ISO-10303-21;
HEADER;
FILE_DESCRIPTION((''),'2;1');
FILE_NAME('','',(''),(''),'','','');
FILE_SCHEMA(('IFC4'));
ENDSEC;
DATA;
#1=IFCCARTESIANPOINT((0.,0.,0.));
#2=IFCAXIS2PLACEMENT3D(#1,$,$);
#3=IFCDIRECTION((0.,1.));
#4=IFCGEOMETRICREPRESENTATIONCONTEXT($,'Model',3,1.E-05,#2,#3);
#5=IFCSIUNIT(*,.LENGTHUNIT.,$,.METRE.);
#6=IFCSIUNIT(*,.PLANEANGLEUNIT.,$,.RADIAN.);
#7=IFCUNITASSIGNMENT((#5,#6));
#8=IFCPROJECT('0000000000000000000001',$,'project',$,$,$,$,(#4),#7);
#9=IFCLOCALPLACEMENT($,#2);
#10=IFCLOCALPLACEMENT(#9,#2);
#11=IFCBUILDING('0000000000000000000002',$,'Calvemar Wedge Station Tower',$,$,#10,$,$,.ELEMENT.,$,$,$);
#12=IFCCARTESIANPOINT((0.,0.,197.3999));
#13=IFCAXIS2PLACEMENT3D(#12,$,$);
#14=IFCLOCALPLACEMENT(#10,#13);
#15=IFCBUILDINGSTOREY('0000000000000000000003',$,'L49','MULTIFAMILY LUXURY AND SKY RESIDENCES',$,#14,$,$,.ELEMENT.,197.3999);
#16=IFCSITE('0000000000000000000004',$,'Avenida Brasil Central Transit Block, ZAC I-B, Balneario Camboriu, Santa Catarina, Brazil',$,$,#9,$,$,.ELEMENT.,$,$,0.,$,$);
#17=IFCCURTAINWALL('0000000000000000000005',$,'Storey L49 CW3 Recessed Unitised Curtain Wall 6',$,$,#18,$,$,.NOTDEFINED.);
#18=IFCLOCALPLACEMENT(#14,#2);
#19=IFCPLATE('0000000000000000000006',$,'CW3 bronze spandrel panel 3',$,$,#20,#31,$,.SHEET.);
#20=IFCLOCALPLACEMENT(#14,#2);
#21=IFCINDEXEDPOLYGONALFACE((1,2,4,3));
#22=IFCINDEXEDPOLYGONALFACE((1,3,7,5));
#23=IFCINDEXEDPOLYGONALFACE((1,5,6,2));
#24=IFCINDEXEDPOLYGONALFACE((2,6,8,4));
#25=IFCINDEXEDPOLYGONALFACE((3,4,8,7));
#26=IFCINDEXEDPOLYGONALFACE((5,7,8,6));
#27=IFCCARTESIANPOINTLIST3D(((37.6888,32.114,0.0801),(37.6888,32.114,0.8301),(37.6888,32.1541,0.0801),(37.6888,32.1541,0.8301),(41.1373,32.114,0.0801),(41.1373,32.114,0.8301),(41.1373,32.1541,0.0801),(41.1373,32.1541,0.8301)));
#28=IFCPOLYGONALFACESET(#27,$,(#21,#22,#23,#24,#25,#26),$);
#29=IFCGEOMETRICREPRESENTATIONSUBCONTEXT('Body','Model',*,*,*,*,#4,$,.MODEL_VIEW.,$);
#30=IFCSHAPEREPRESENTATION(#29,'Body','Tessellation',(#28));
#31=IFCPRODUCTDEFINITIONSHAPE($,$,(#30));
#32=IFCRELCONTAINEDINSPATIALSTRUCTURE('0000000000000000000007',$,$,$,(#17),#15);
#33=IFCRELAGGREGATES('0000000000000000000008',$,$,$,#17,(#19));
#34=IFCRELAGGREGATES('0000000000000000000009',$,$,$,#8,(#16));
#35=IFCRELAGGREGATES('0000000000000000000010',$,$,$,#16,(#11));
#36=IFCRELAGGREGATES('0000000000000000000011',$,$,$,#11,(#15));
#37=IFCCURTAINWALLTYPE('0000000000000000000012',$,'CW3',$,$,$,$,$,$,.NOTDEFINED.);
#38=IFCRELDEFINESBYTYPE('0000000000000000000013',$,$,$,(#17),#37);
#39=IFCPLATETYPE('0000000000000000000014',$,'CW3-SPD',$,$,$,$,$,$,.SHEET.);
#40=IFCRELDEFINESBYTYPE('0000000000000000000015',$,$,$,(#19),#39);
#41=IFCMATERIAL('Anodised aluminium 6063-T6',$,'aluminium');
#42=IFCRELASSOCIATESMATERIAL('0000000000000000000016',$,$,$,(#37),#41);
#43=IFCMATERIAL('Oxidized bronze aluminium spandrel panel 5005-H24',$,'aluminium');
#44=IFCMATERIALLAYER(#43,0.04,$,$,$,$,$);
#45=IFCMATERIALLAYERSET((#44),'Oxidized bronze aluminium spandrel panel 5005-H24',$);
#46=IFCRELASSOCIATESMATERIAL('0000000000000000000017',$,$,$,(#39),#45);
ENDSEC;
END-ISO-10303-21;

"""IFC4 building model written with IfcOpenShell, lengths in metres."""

from ifc_helpers import new_model, si_unit, direction, frame, frame_2d, origin, place, context, subcontext, project, spatial, rectangle, extrude, material, layer, layer_set, type_object, element, aggregate, save


model = new_model("IFC4")

# Units and contexts
model_context = context("Model", 3, precision=1e-05, world=origin(), true_north=direction((0.0, 1.0)))
body_context = subcontext(model_context, "Body", "Model", "MODEL_VIEW")
ifc_project = project(units=[si_unit("LENGTHUNIT", "METRE"), si_unit("PLANEANGLEUNIT", "RADIAN")], contexts=[model_context])

# Site, building, storey
site_placement = place(None, origin())
site = spatial("IfcSite", under=ifc_project, at=site_placement, Name="Avenida Brasil Central Transit Block, ZAC I-B, Balneario Camboriu, Santa Catarina, Brazil", CompositionType="ELEMENT", RefElevation=0.0)
building_placement = place(site_placement, origin())
building = spatial("IfcBuilding", under=site, at=building_placement, Name="Calvemar Wedge Station Tower", CompositionType="ELEMENT")
storey_placement = place(building_placement, frame((0.0, 0.0, 197.3999)))
storey = spatial("IfcBuildingStorey", under=building, at=storey_placement, Name="L49", Description="MULTIFAMILY LUXURY AND SKY RESIDENCES", CompositionType="ELEMENT", Elevation=197.3999)

# Curtain wall, plate
ifc_material_1 = material(Name="Anodised aluminium 6063-T6", Category="aluminium")
curtain_wall_type = type_object("IfcCurtainWallType", Name="CW3", PredefinedType="NOTDEFINED", material=ifc_material_1)
curtain_wall_placement = place(storey_placement, origin())
curtain_wall = element("IfcCurtainWall", 1, at=curtain_wall_placement, inside=storey, type_object=curtain_wall_type, Name="Storey L49 CW3 Recessed Unitised Curtain Wall 6", PredefinedType="NOTDEFINED")
ifc_material_2 = material(Name="Oxidized bronze aluminium spandrel panel 5005-H24", Category="aluminium")
ifc_layer_1 = layer(ifc_material_2, 0.04)
ifc_layer_set_1 = layer_set([ifc_layer_1], Name="Oxidized bronze aluminium spandrel panel 5005-H24")
plate_type_1 = type_object("IfcPlateType", Name="CW3-SPD", PredefinedType="SHEET", material=ifc_layer_set_1)
plate_1_placement = place(storey_placement, frame((37.689, 32.134, 0.0801), z_axis=(0.0, 0.0, 1.0), x_axis=(1.0, 0.0, 0.0)))
plate_1 = element("IfcPlate", 2, at=plate_1_placement, type_object=plate_type_1, Name="CW3 bronze spandrel panel 3", PredefinedType="SHEET", context=body_context, shape_type="SweptSolid", body=[
    extrude(rectangle(XDim=3.4485, YDim=0.04, at=frame_2d((1.7241, 0.0))), origin(), (0.0, 0.0, 1.0), 0.75),
])
aggregate(curtain_wall, [plate_1])

save(model, "model.ifc")
